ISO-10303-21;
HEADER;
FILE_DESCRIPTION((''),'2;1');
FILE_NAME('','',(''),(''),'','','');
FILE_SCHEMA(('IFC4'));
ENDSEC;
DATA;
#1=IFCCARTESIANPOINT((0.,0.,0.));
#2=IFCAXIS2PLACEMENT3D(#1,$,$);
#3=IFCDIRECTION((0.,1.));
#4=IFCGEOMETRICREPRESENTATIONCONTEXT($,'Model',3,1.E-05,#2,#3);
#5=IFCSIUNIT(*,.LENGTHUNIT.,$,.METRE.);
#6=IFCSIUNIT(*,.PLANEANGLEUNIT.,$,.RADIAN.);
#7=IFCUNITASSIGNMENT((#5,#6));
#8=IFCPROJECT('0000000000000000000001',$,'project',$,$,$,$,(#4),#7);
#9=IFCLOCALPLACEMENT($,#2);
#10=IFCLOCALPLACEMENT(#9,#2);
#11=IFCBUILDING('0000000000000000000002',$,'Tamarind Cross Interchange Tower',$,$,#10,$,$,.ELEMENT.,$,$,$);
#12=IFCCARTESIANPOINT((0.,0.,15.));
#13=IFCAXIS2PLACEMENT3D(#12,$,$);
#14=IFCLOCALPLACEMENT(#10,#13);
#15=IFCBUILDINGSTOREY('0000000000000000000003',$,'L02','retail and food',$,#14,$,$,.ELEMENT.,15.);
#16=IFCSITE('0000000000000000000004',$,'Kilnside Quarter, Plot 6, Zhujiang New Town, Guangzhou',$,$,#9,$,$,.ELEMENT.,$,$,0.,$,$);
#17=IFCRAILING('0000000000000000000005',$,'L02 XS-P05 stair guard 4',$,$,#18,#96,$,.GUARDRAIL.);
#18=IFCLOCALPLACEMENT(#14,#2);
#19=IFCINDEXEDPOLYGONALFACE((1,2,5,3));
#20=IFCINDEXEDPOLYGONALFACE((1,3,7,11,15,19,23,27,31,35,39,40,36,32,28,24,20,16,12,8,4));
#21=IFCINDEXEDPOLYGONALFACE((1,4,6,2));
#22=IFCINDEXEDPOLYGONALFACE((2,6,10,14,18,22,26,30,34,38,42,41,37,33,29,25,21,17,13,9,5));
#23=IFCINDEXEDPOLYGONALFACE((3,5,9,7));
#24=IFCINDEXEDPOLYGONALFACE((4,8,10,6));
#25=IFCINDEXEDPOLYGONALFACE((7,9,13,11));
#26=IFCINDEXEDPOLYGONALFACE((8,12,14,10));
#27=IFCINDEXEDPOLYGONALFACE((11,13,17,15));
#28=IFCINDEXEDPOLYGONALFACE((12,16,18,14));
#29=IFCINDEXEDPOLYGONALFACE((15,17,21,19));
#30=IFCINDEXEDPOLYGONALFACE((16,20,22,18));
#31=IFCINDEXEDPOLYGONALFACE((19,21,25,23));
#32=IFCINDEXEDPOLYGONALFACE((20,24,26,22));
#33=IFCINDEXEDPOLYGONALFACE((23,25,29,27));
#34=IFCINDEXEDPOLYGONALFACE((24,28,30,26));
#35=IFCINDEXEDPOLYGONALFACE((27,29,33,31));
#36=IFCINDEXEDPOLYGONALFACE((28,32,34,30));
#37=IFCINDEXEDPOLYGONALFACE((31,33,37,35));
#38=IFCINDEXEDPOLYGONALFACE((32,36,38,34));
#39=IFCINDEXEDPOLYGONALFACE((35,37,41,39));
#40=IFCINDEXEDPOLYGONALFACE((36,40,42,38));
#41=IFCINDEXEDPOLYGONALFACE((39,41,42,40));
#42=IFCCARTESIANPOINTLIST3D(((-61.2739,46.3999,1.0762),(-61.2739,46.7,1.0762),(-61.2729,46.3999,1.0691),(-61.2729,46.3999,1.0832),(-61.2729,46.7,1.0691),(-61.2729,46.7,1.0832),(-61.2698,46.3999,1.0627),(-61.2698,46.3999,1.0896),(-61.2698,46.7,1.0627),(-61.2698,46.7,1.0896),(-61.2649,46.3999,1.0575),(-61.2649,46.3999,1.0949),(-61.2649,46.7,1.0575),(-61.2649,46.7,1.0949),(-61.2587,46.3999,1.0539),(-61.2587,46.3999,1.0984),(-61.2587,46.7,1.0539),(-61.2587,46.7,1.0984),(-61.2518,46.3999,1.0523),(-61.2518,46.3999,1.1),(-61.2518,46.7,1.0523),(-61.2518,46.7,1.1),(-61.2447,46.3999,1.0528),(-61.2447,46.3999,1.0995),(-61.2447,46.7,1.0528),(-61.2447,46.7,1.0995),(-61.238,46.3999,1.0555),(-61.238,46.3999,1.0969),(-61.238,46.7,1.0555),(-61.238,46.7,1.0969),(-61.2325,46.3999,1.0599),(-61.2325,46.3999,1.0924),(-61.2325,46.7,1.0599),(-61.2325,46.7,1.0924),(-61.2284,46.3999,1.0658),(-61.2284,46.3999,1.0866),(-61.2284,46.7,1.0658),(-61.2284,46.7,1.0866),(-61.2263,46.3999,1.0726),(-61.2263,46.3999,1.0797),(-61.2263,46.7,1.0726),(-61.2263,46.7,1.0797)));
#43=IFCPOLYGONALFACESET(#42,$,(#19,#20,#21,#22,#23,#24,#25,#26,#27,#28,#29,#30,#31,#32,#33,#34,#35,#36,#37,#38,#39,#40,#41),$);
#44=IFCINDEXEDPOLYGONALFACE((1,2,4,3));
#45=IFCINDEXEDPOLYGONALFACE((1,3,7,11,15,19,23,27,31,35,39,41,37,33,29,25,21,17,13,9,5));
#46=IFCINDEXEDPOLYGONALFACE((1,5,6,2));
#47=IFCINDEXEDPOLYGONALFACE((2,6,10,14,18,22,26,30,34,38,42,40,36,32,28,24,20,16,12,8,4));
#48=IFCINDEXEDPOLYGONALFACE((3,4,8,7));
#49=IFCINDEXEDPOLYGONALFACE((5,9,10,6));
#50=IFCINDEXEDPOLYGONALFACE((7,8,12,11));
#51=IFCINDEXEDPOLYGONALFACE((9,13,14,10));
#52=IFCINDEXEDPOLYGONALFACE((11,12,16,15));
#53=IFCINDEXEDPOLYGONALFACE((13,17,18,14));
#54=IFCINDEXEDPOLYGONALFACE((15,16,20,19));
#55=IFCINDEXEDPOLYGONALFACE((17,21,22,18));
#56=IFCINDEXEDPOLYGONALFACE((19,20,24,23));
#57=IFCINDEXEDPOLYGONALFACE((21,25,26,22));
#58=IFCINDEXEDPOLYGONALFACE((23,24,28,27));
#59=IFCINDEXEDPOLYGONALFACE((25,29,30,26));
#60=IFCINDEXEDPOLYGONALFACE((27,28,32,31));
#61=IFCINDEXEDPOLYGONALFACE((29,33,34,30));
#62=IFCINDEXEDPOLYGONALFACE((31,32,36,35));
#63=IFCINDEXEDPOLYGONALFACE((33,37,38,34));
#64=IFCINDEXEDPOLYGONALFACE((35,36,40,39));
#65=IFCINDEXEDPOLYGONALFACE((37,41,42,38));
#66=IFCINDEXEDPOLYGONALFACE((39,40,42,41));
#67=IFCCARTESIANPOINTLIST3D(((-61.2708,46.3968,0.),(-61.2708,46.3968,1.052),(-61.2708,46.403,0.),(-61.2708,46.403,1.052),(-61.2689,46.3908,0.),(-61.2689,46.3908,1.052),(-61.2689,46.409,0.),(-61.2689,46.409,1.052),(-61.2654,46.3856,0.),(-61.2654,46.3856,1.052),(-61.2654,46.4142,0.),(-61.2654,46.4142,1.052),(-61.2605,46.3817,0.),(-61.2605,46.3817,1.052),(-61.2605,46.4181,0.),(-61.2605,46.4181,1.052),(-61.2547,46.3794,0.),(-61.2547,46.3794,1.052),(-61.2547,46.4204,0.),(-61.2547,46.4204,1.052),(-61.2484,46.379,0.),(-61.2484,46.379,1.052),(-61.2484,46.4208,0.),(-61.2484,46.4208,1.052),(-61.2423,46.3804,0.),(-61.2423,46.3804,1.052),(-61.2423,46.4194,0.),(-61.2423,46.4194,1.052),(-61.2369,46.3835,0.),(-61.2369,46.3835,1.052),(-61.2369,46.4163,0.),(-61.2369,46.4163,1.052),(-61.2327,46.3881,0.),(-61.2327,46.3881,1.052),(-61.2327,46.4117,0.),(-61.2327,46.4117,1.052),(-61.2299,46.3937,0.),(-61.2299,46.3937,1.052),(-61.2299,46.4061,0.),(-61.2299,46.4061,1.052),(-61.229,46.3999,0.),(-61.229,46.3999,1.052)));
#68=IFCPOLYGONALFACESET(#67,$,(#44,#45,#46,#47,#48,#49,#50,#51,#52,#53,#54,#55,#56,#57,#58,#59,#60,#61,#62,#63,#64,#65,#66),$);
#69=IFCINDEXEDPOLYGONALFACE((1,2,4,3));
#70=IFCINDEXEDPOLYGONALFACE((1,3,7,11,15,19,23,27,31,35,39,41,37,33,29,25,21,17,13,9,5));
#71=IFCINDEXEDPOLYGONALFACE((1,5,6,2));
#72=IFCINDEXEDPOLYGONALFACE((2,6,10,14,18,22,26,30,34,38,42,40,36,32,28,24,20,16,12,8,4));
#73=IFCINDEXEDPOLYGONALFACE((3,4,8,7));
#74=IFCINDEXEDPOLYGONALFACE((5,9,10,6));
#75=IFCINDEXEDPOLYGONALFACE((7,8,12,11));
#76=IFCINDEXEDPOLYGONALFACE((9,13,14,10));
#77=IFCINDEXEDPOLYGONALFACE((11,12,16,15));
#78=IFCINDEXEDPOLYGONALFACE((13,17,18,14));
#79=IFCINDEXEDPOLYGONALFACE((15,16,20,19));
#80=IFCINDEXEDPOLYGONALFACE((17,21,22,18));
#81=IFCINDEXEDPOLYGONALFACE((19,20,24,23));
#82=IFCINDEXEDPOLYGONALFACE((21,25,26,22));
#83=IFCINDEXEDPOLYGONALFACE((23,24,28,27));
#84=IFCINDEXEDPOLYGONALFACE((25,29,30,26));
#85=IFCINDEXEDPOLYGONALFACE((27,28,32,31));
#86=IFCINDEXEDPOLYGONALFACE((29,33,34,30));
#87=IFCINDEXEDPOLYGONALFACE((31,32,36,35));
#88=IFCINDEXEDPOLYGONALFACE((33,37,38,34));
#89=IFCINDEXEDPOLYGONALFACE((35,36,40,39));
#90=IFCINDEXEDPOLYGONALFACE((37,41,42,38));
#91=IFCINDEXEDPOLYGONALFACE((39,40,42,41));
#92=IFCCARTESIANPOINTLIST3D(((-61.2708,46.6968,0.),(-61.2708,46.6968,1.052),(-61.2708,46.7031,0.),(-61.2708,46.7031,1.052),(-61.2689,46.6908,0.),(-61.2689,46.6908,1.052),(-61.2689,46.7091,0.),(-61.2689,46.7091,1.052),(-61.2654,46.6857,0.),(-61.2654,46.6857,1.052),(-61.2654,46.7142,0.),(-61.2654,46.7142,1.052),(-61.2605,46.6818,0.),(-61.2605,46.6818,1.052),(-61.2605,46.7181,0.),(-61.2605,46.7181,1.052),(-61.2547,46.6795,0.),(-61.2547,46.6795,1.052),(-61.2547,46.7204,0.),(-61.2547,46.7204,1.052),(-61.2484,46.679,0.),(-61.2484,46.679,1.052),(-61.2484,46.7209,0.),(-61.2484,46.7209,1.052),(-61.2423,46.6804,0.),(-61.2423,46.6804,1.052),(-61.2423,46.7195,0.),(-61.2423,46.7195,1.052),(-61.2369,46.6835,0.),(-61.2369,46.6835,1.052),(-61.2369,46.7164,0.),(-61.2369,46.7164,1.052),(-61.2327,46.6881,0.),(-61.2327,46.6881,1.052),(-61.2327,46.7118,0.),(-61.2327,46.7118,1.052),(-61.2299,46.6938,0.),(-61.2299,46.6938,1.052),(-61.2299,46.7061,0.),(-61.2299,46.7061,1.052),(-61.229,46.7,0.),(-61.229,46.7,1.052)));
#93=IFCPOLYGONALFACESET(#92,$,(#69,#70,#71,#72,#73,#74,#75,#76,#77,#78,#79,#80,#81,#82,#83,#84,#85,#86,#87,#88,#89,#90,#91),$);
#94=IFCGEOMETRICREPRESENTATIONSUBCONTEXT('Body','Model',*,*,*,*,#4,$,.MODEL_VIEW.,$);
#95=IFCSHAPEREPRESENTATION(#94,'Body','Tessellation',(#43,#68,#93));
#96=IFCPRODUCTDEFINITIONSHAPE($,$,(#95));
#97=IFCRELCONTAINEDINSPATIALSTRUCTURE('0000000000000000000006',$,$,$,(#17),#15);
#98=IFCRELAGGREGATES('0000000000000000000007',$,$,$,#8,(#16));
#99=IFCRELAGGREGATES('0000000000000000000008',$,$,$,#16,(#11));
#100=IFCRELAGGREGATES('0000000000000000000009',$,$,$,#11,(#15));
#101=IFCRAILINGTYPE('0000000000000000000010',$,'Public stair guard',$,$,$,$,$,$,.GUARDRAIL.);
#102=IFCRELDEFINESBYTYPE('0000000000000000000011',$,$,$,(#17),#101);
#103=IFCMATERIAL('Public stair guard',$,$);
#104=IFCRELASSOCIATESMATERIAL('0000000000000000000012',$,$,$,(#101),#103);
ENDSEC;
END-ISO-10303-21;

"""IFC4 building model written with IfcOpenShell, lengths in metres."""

from ifc_helpers import new_model, si_unit, direction, frame, origin, origin_2d, place, context, subcontext, project, spatial, circle, extrude, material, type_object, element, save


model = new_model("IFC4")

# Units and contexts
model_context = context("Model", 3, precision=1e-05, world=origin(), true_north=direction((0.0, 1.0)))
body_context = subcontext(model_context, "Body", "Model", "MODEL_VIEW")
ifc_project = project(units=[si_unit("LENGTHUNIT", "METRE"), si_unit("PLANEANGLEUNIT", "RADIAN")], contexts=[model_context])

# Site, building, storey
site_placement = place(None, origin())
site = spatial("IfcSite", under=ifc_project, at=site_placement, Name="Kilnside Quarter, Plot 6, Zhujiang New Town, Guangzhou", CompositionType="ELEMENT", RefElevation=0.0)
building_placement = place(site_placement, origin())
building = spatial("IfcBuilding", under=site, at=building_placement, Name="Tamarind Cross Interchange Tower", CompositionType="ELEMENT")
storey_placement = place(building_placement, frame((0.0, 0.0, 15.0)))
storey = spatial("IfcBuildingStorey", under=building, at=storey_placement, Name="L02", Description="retail and food", CompositionType="ELEMENT", Elevation=15.0)

# Railing
ifc_material_1 = material(Name="Public stair guard")
railing_type_1 = type_object("IfcRailingType", Name="Public stair guard", PredefinedType="GUARDRAIL", material=ifc_material_1)
railing_1_placement = place(storey_placement, frame((-61.25, 46.3999, 0.0)))
element("IfcRailing", 1, at=railing_1_placement, inside=storey, type_object=railing_type_1, Name="L02 XS-P05 stair guard 4", PredefinedType="GUARDRAIL", context=body_context, shape_type="SweptSolid", body=[
    extrude(circle(Radius=0.0239, at=origin_2d()), frame((0.0, 0.0, 1.0762), z_axis=(0.0, 1.0, 0.0), x_axis=(-1.0, 0.0, 0.0)), (0.0, 0.0, 1.0), 0.3),
    extrude(circle(Radius=0.021, at=origin_2d()), origin(), (0.0, 0.0, 1.0), 1.052),
    extrude(circle(Radius=0.021, at=origin_2d()), frame((0.0, 0.3, 0.0)), (0.0, 0.0, 1.0), 1.052),
])

save(model, "model.ifc")
